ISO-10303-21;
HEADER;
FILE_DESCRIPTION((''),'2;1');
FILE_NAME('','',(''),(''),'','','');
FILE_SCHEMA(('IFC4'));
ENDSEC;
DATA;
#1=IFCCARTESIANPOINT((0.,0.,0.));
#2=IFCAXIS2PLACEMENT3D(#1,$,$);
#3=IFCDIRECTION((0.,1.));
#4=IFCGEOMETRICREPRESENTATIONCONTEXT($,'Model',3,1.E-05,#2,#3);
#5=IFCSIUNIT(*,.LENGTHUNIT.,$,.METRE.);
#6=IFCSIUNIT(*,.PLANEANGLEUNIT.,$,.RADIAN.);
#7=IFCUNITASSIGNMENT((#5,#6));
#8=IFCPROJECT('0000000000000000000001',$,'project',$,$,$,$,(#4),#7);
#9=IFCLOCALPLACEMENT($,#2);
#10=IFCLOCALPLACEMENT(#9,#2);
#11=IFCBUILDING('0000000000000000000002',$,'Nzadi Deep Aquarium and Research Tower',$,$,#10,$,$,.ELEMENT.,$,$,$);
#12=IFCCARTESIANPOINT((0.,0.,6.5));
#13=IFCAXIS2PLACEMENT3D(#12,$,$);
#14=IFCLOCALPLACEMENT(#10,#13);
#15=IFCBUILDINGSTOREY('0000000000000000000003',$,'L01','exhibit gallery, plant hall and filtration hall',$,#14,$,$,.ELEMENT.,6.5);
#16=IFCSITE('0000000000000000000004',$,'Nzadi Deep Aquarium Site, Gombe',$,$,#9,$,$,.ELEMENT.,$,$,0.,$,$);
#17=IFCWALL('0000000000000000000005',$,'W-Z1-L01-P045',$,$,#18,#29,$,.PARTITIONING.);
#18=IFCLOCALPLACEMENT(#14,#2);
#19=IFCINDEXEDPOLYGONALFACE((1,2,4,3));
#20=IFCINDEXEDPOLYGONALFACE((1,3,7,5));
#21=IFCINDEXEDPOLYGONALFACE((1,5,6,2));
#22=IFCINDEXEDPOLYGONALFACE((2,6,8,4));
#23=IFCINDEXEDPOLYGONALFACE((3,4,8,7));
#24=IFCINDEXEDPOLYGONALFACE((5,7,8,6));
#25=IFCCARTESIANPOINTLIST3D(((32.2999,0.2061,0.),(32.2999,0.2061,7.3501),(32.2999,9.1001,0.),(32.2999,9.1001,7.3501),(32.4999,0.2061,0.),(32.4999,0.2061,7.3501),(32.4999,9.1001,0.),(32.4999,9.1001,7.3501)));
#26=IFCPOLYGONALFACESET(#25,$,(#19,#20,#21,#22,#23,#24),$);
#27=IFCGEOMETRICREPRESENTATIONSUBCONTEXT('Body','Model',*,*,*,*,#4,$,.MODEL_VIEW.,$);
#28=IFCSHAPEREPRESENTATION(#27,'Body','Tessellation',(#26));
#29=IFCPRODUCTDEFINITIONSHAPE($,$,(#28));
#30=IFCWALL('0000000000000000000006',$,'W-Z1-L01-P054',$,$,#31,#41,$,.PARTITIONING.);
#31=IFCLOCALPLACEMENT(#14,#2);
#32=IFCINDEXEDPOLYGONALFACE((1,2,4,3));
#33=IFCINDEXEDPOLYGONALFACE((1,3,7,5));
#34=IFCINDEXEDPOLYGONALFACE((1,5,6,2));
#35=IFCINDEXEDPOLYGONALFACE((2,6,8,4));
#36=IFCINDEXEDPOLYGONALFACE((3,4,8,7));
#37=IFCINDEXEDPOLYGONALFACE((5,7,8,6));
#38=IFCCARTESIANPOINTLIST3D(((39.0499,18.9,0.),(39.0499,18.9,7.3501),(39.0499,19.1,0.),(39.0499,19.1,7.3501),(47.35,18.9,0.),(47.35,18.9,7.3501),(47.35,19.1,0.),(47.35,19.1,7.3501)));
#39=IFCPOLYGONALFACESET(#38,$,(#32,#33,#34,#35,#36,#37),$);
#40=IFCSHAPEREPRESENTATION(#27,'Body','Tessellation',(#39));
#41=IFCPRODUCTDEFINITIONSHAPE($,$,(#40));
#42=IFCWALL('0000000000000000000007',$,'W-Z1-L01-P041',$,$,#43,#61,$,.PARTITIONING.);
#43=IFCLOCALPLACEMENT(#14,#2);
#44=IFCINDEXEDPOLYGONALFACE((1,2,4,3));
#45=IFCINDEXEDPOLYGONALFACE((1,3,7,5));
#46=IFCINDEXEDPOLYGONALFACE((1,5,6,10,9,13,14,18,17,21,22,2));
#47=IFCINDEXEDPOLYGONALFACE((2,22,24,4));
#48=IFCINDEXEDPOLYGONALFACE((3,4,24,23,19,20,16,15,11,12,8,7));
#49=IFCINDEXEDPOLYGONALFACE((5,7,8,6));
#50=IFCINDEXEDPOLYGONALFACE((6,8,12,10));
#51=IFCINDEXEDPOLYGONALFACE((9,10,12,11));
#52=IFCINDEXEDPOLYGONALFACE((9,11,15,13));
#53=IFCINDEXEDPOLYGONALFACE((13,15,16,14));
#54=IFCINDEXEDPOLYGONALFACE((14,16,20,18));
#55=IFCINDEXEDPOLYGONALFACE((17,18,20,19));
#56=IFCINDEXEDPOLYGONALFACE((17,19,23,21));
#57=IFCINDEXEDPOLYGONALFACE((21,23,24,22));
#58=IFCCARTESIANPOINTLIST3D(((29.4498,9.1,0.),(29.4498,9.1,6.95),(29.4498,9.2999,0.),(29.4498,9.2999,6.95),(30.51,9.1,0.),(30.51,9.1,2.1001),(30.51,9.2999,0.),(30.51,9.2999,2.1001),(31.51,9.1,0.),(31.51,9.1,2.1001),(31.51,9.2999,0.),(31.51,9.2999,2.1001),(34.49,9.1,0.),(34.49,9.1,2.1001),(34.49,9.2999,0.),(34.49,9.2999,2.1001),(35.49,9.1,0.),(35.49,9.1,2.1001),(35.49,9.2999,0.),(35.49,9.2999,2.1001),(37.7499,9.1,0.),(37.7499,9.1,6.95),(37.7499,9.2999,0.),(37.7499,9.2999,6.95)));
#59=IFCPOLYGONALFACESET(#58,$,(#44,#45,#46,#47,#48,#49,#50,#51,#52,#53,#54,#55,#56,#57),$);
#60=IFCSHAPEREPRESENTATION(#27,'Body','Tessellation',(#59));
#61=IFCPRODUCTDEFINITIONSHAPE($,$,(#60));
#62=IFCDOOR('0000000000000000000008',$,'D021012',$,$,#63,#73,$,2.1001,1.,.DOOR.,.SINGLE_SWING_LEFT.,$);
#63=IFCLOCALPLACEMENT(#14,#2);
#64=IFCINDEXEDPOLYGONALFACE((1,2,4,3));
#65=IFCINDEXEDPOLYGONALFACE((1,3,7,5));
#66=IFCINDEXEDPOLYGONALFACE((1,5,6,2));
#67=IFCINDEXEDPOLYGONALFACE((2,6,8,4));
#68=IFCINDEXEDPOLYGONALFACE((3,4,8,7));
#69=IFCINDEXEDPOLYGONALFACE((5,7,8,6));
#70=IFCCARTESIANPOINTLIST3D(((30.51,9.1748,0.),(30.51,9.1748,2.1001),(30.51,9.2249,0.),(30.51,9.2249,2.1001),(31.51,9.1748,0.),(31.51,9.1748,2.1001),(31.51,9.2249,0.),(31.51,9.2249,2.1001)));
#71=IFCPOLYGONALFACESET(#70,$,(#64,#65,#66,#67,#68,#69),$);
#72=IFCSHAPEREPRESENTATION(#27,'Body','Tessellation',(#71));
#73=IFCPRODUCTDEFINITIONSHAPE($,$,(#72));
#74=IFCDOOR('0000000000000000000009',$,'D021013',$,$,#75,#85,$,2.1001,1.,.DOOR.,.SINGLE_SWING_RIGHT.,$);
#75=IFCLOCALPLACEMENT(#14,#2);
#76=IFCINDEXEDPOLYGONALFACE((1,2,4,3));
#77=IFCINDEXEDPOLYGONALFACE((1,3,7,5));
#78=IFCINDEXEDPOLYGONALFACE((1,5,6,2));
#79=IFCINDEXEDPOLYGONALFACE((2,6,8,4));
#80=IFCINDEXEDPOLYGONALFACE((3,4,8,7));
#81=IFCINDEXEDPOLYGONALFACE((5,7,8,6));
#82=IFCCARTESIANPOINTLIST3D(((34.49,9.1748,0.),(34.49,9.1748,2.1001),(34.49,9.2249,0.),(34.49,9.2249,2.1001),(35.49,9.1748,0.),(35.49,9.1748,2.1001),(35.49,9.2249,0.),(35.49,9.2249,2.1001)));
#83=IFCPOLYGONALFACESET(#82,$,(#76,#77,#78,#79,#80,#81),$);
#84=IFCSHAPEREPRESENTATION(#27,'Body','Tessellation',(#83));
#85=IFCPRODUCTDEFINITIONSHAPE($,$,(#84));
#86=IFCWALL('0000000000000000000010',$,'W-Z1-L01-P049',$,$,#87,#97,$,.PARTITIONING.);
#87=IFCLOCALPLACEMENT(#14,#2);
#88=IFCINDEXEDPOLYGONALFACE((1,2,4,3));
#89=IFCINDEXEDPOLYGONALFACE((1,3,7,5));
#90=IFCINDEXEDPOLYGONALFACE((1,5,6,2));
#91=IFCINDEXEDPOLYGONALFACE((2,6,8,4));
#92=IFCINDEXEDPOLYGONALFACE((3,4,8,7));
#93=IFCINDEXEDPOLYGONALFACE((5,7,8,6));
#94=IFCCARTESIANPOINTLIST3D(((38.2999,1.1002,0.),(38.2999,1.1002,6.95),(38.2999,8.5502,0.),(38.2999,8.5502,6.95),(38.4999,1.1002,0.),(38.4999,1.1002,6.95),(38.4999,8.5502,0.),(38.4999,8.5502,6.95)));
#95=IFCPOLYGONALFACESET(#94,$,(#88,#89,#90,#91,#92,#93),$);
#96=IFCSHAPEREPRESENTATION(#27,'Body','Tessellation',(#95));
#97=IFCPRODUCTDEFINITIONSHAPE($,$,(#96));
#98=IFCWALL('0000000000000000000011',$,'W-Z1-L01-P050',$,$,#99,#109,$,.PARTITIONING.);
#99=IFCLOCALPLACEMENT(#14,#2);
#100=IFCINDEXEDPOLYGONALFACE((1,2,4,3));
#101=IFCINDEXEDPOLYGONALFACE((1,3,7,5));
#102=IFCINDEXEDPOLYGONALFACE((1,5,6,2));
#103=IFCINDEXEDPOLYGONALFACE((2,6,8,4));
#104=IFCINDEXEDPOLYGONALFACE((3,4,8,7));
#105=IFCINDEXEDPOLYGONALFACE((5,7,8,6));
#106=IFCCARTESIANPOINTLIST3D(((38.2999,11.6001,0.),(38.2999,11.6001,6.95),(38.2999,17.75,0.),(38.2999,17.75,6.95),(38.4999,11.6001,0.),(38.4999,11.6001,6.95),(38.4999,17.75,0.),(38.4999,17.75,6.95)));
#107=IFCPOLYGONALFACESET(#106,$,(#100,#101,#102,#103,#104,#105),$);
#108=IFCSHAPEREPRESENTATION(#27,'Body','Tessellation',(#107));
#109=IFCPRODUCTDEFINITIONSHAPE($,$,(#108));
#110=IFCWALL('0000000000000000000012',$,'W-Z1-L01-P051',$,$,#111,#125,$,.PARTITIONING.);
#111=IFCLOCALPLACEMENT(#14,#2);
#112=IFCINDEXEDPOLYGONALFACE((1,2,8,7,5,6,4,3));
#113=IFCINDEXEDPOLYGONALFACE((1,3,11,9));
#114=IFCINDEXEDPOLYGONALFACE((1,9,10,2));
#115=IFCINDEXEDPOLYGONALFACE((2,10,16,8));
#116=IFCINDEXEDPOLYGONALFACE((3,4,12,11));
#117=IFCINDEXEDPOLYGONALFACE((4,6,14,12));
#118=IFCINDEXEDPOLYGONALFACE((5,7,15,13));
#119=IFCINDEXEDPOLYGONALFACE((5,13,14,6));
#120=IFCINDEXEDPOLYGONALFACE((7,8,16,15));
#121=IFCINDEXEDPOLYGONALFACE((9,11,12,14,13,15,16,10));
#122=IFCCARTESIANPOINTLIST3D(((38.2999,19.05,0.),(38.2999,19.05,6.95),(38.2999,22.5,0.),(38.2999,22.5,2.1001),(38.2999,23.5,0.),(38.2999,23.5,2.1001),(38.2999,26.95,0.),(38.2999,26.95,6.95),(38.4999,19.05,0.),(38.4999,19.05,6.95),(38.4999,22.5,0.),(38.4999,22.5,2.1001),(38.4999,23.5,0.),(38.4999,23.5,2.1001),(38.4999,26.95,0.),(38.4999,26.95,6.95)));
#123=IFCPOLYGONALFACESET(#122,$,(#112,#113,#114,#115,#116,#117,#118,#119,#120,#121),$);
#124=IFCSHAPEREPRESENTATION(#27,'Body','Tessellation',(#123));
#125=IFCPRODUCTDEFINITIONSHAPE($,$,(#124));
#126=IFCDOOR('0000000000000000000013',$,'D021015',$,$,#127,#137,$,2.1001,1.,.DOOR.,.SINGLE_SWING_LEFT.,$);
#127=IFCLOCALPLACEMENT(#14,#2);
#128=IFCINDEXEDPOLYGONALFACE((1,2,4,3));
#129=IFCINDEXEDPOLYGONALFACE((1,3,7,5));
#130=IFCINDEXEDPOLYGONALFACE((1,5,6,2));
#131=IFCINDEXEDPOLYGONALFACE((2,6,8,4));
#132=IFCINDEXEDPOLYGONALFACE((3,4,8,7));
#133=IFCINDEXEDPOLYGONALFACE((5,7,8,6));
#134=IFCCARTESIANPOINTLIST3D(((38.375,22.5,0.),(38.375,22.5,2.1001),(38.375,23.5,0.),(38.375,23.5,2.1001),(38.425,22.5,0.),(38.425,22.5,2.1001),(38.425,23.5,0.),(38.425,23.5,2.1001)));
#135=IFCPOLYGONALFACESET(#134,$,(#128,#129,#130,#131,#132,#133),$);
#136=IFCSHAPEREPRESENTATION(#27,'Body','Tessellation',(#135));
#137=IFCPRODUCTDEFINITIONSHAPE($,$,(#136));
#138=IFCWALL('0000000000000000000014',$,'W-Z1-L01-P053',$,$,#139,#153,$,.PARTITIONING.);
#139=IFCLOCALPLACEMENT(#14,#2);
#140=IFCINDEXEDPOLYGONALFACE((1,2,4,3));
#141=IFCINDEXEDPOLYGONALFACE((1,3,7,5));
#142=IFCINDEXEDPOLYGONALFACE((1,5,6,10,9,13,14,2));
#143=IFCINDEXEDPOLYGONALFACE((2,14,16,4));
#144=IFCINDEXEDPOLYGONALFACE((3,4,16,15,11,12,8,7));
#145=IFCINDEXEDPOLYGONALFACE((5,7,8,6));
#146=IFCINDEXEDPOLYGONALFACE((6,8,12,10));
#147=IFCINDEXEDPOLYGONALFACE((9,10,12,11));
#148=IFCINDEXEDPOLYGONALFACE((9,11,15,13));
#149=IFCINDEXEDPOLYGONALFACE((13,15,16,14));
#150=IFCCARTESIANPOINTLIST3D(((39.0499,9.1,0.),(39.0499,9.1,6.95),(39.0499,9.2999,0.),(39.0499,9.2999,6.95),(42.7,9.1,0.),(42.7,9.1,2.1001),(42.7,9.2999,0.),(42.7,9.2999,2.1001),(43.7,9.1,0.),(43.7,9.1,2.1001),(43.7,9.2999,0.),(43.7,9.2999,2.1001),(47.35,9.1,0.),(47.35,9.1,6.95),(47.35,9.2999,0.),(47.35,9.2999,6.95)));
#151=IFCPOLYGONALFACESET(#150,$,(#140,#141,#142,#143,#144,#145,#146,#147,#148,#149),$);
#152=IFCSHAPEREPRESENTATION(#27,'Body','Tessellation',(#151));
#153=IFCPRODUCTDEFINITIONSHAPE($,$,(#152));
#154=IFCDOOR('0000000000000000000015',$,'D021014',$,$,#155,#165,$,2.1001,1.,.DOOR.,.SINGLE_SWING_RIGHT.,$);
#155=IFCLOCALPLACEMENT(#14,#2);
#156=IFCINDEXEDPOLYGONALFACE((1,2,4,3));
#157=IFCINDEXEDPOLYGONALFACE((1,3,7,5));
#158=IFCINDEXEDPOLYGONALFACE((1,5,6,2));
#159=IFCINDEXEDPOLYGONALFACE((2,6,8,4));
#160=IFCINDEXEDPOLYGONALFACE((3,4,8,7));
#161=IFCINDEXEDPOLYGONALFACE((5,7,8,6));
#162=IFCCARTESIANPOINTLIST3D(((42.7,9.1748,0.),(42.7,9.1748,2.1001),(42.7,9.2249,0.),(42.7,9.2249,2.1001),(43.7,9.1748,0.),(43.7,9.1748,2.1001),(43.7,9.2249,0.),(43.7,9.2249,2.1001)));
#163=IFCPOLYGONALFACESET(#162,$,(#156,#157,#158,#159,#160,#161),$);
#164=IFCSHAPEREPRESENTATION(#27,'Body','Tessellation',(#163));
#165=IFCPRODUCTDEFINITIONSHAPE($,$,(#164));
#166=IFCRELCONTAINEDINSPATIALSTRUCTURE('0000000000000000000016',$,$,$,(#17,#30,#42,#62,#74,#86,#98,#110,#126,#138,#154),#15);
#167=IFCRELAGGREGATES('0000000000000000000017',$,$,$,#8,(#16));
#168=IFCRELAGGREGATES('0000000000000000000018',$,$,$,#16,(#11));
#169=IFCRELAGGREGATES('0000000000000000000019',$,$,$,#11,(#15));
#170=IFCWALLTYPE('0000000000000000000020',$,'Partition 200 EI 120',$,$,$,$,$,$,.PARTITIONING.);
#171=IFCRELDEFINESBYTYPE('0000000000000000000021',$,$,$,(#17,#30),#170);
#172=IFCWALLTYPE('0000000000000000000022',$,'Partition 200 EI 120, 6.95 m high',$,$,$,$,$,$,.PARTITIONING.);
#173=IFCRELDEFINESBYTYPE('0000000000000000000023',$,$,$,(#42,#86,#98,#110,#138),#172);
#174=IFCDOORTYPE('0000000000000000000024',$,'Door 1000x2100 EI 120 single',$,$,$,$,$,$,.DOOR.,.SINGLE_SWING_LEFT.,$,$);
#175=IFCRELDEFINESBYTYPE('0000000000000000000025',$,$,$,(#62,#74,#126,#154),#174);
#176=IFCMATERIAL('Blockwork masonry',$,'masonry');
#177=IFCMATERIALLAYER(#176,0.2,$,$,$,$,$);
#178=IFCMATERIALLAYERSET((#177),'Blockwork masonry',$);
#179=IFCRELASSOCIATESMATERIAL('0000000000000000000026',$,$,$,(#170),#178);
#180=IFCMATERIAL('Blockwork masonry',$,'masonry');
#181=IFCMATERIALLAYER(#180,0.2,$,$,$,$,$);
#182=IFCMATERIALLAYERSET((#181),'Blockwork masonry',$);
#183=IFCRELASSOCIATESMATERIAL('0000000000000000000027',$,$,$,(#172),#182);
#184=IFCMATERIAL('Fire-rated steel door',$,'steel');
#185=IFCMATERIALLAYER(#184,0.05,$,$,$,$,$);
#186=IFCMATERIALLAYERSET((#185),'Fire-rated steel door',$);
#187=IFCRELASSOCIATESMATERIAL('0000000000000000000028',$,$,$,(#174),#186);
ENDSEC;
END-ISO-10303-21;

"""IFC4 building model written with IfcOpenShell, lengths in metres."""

from ifc_helpers import new_model, si_unit, direction, frame, frame_2d, origin, place, context, subcontext, project, spatial, rectangle, extrude, material, layer, layer_set, type_object, element, fill, save


model = new_model("IFC4")

# Units and contexts
model_context = context("Model", 3, precision=1e-05, world=origin(), true_north=direction((0.0, 1.0)))
body_context = subcontext(model_context, "Body", "Model", "MODEL_VIEW")
ifc_project = project(units=[si_unit("LENGTHUNIT", "METRE"), si_unit("PLANEANGLEUNIT", "RADIAN")], contexts=[model_context])

# Site, building, storey
site_placement = place(None, origin())
site = spatial("IfcSite", under=ifc_project, at=site_placement, Name="Nzadi Deep Aquarium Site, Gombe", CompositionType="ELEMENT", RefElevation=0.0)
building_placement = place(site_placement, origin())
building = spatial("IfcBuilding", under=site, at=building_placement, Name="Nzadi Deep Aquarium and Research Tower", CompositionType="ELEMENT")
storey_placement = place(building_placement, frame((0.0, 0.0, 6.5)))
storey = spatial("IfcBuildingStorey", under=building, at=storey_placement, Name="L01", Description="exhibit gallery, plant hall and filtration hall", CompositionType="ELEMENT", Elevation=6.5)

# Walls
ifc_material_1 = material(Name="Blockwork masonry", Category="masonry")
ifc_layer_1 = layer(ifc_material_1, 0.2)
ifc_layer_set_1 = layer_set([ifc_layer_1], Name="Blockwork masonry")
wall_type_1 = type_object("IfcWallType", Name="Partition 200 EI 120", PredefinedType="PARTITIONING", material=ifc_layer_set_1)
wall_1_placement = place(storey_placement, frame((32.3999, 0.2061, 0.0), z_axis=(0.0, 0.0, 1.0), x_axis=(0.0, 1.0, 0.0)))
element("IfcWall", 1, at=wall_1_placement, inside=storey, type_object=wall_type_1, Name="W-Z1-L01-P045", PredefinedType="PARTITIONING", context=body_context, shape_type="SweptSolid", body=[
    extrude(rectangle(XDim=8.894, YDim=0.2, at=frame_2d((4.447, 0.0))), origin(), (0.0, 0.0, 1.0), 7.3501),
])
wall_2_placement = place(storey_placement, frame((39.05, 19.0, 0.0), z_axis=(0.0, 0.0, 1.0), x_axis=(1.0, 0.0, 0.0)))
element("IfcWall", 2, at=wall_2_placement, inside=storey, type_object=wall_type_1, Name="W-Z1-L01-P054", PredefinedType="PARTITIONING", context=body_context, shape_type="SweptSolid", body=[
    extrude(rectangle(XDim=8.3, YDim=0.2, at=frame_2d((4.1499, 0.0))), origin(), (0.0, 0.0, 1.0), 7.3501),
])

# Wall, openings, doors
ifc_material_2 = material(Name="Blockwork masonry", Category="masonry")
ifc_layer_2 = layer(ifc_material_2, 0.2)
ifc_layer_set_2 = layer_set([ifc_layer_2], Name="Blockwork masonry")
wall_type_2 = type_object("IfcWallType", Name="Partition 200 EI 120, 6.95 m high", PredefinedType="PARTITIONING", material=ifc_layer_set_2)
wall_3_placement = place(storey_placement, frame((29.45, 9.2, 0.0), z_axis=(0.0, 0.0, 1.0), x_axis=(1.0, 0.0, 0.0)))
wall_3 = element("IfcWall", 3, at=wall_3_placement, inside=storey, type_object=wall_type_2, Name="W-Z1-L01-P041", PredefinedType="PARTITIONING", context=body_context, shape_type="SweptSolid", body=[
    extrude(rectangle(XDim=8.3, YDim=0.2, at=frame_2d((4.1499, 0.0))), origin(), (0.0, 0.0, 1.0), 6.95),
])
opening_1_placement = place(wall_3_placement, frame((1.0601, 0.0, 0.0)))
opening_1 = element("IfcOpeningElement", 4, at=opening_1_placement, cuts=wall_3, PredefinedType="OPENING", context=body_context, shape_type="SweptSolid", body=[
    extrude(rectangle(XDim=1.0, YDim=2.1001, at=frame_2d((0.5, 1.05))), frame((0.0, 0.1101, 0.0), z_axis=(0.0, -1.0, 0.0), x_axis=(1.0, 0.0, 0.0)), (0.0, 0.0, 1.0), 0.2202),
])
opening_2_placement = place(wall_3_placement, frame((5.04, 0.0, 0.0)))
opening_2 = element("IfcOpeningElement", 5, at=opening_2_placement, cuts=wall_3, PredefinedType="OPENING", context=body_context, shape_type="SweptSolid", body=[
    extrude(rectangle(XDim=1.0, YDim=2.1001, at=frame_2d((0.5, 1.05))), frame((0.0, 0.1101, 0.0), z_axis=(0.0, -1.0, 0.0), x_axis=(1.0, 0.0, 0.0)), (0.0, 0.0, 1.0), 0.2202),
])
ifc_material_3 = material(Name="Fire-rated steel door", Category="steel")
ifc_layer_3 = layer(ifc_material_3, 0.05)
ifc_layer_set_3 = layer_set([ifc_layer_3], Name="Fire-rated steel door")
door_type = type_object("IfcDoorType", Name="Door 1000x2100 EI 120 single", OperationType="SINGLE_SWING_LEFT", PredefinedType="DOOR", material=ifc_layer_set_3)
door_1_placement = place(opening_1_placement, origin())
door_1 = element("IfcDoor", 6, at=door_1_placement, inside=storey, type_object=door_type, Name="D021012", OperationType="SINGLE_SWING_LEFT", OverallHeight=2.1001, OverallWidth=1.0, PredefinedType="DOOR", context=body_context, shape_type="SweptSolid", body=[
    extrude(rectangle(XDim=1.0, YDim=2.1001, at=frame_2d((0.5, 1.05))), frame((0.0, 0.0249, 0.0), z_axis=(0.0, -1.0, 0.0), x_axis=(1.0, 0.0, 0.0)), (0.0, 0.0, 1.0), 0.05),
])
fill(opening_1, door_1)
door_2_placement = place(opening_2_placement, origin())
door_2 = element("IfcDoor", 7, at=door_2_placement, inside=storey, type_object=door_type, Name="D021013", OperationType="SINGLE_SWING_RIGHT", OverallHeight=2.1001, OverallWidth=1.0, PredefinedType="DOOR", context=body_context, shape_type="SweptSolid", body=[
    extrude(rectangle(XDim=1.0, YDim=2.1001, at=frame_2d((0.5, 1.05))), frame((0.0, 0.0249, 0.0), z_axis=(0.0, -1.0, 0.0), x_axis=(1.0, 0.0, 0.0)), (0.0, 0.0, 1.0), 0.05),
])
fill(opening_2, door_2)

# Walls
wall_4_placement = place(storey_placement, frame((38.3999, 1.1001, 0.0), z_axis=(0.0, 0.0, 1.0), x_axis=(0.0, 1.0, 0.0)))
element("IfcWall", 8, at=wall_4_placement, inside=storey, type_object=wall_type_2, Name="W-Z1-L01-P049", PredefinedType="PARTITIONING", context=body_context, shape_type="SweptSolid", body=[
    extrude(rectangle(XDim=7.45, YDim=0.2, at=frame_2d((3.7251, 0.0))), origin(), (0.0, 0.0, 1.0), 6.95),
])
wall_5_placement = place(storey_placement, frame((38.3999, 11.6001, 0.0), z_axis=(0.0, 0.0, 1.0), x_axis=(0.0, 1.0, 0.0)))
element("IfcWall", 9, at=wall_5_placement, inside=storey, type_object=wall_type_2, Name="W-Z1-L01-P050", PredefinedType="PARTITIONING", context=body_context, shape_type="SweptSolid", body=[
    extrude(rectangle(XDim=6.1499, YDim=0.2, at=frame_2d((3.075, 0.0))), origin(), (0.0, 0.0, 1.0), 6.95),
])

# Walls, openings, doors
wall_6_placement = place(storey_placement, frame((38.3999, 19.05, 0.0), z_axis=(0.0, 0.0, 1.0), x_axis=(0.0, 1.0, 0.0)))
wall_6 = element("IfcWall", 10, at=wall_6_placement, inside=storey, type_object=wall_type_2, Name="W-Z1-L01-P051", PredefinedType="PARTITIONING", context=body_context, shape_type="SweptSolid", body=[
    extrude(rectangle(XDim=7.8999, YDim=0.2, at=frame_2d((3.95, 0.0))), origin(), (0.0, 0.0, 1.0), 6.95),
])
opening_3_placement = place(wall_6_placement, frame((3.45, 0.0, 0.0)))
opening_3 = element("IfcOpeningElement", 11, at=opening_3_placement, cuts=wall_6, PredefinedType="OPENING", context=body_context, shape_type="SweptSolid", body=[
    extrude(rectangle(XDim=1.0, YDim=2.1001, at=frame_2d((0.5, 1.05))), frame((0.0, 0.1101, 0.0), z_axis=(0.0, -1.0, 0.0), x_axis=(1.0, 0.0, 0.0)), (0.0, 0.0, 1.0), 0.2202),
])
door_3_placement = place(opening_3_placement, origin())
door_3 = element("IfcDoor", 12, at=door_3_placement, inside=storey, type_object=door_type, Name="D021015", OperationType="SINGLE_SWING_LEFT", OverallHeight=2.1001, OverallWidth=1.0, PredefinedType="DOOR", context=body_context, shape_type="SweptSolid", body=[
    extrude(rectangle(XDim=1.0, YDim=2.1001, at=frame_2d((0.5, 1.05))), frame((0.0, 0.0249, 0.0), z_axis=(0.0, -1.0, 0.0), x_axis=(1.0, 0.0, 0.0)), (0.0, 0.0, 1.0), 0.05),
])
fill(opening_3, door_3)
wall_7_placement = place(storey_placement, frame((39.05, 9.2, 0.0), z_axis=(0.0, 0.0, 1.0), x_axis=(1.0, 0.0, 0.0)))
wall_7 = element("IfcWall", 13, at=wall_7_placement, inside=storey, type_object=wall_type_2, Name="W-Z1-L01-P053", PredefinedType="PARTITIONING", context=body_context, shape_type="SweptSolid", body=[
    extrude(rectangle(XDim=8.3, YDim=0.2, at=frame_2d((4.1499, 0.0))), origin(), (0.0, 0.0, 1.0), 6.95),
])
opening_4_placement = place(wall_7_placement, frame((3.6499, 0.0, 0.0)))
opening_4 = element("IfcOpeningElement", 14, at=opening_4_placement, cuts=wall_7, PredefinedType="OPENING", context=body_context, shape_type="SweptSolid", body=[
    extrude(rectangle(XDim=1.0, YDim=2.1001, at=frame_2d((0.5, 1.05))), frame((0.0, 0.1101, 0.0), z_axis=(0.0, -1.0, 0.0), x_axis=(1.0, 0.0, 0.0)), (0.0, 0.0, 1.0), 0.2202),
])
door_4_placement = place(opening_4_placement, origin())
door_4 = element("IfcDoor", 15, at=door_4_placement, inside=storey, type_object=door_type, Name="D021014", OperationType="SINGLE_SWING_RIGHT", OverallHeight=2.1001, OverallWidth=1.0, PredefinedType="DOOR", context=body_context, shape_type="SweptSolid", body=[
    extrude(rectangle(XDim=1.0, YDim=2.1001, at=frame_2d((0.5, 1.05))), frame((0.0, 0.0249, 0.0), z_axis=(0.0, -1.0, 0.0), x_axis=(1.0, 0.0, 0.0)), (0.0, 0.0, 1.0), 0.05),
])
fill(opening_4, door_4)

save(model, "model.ifc")
